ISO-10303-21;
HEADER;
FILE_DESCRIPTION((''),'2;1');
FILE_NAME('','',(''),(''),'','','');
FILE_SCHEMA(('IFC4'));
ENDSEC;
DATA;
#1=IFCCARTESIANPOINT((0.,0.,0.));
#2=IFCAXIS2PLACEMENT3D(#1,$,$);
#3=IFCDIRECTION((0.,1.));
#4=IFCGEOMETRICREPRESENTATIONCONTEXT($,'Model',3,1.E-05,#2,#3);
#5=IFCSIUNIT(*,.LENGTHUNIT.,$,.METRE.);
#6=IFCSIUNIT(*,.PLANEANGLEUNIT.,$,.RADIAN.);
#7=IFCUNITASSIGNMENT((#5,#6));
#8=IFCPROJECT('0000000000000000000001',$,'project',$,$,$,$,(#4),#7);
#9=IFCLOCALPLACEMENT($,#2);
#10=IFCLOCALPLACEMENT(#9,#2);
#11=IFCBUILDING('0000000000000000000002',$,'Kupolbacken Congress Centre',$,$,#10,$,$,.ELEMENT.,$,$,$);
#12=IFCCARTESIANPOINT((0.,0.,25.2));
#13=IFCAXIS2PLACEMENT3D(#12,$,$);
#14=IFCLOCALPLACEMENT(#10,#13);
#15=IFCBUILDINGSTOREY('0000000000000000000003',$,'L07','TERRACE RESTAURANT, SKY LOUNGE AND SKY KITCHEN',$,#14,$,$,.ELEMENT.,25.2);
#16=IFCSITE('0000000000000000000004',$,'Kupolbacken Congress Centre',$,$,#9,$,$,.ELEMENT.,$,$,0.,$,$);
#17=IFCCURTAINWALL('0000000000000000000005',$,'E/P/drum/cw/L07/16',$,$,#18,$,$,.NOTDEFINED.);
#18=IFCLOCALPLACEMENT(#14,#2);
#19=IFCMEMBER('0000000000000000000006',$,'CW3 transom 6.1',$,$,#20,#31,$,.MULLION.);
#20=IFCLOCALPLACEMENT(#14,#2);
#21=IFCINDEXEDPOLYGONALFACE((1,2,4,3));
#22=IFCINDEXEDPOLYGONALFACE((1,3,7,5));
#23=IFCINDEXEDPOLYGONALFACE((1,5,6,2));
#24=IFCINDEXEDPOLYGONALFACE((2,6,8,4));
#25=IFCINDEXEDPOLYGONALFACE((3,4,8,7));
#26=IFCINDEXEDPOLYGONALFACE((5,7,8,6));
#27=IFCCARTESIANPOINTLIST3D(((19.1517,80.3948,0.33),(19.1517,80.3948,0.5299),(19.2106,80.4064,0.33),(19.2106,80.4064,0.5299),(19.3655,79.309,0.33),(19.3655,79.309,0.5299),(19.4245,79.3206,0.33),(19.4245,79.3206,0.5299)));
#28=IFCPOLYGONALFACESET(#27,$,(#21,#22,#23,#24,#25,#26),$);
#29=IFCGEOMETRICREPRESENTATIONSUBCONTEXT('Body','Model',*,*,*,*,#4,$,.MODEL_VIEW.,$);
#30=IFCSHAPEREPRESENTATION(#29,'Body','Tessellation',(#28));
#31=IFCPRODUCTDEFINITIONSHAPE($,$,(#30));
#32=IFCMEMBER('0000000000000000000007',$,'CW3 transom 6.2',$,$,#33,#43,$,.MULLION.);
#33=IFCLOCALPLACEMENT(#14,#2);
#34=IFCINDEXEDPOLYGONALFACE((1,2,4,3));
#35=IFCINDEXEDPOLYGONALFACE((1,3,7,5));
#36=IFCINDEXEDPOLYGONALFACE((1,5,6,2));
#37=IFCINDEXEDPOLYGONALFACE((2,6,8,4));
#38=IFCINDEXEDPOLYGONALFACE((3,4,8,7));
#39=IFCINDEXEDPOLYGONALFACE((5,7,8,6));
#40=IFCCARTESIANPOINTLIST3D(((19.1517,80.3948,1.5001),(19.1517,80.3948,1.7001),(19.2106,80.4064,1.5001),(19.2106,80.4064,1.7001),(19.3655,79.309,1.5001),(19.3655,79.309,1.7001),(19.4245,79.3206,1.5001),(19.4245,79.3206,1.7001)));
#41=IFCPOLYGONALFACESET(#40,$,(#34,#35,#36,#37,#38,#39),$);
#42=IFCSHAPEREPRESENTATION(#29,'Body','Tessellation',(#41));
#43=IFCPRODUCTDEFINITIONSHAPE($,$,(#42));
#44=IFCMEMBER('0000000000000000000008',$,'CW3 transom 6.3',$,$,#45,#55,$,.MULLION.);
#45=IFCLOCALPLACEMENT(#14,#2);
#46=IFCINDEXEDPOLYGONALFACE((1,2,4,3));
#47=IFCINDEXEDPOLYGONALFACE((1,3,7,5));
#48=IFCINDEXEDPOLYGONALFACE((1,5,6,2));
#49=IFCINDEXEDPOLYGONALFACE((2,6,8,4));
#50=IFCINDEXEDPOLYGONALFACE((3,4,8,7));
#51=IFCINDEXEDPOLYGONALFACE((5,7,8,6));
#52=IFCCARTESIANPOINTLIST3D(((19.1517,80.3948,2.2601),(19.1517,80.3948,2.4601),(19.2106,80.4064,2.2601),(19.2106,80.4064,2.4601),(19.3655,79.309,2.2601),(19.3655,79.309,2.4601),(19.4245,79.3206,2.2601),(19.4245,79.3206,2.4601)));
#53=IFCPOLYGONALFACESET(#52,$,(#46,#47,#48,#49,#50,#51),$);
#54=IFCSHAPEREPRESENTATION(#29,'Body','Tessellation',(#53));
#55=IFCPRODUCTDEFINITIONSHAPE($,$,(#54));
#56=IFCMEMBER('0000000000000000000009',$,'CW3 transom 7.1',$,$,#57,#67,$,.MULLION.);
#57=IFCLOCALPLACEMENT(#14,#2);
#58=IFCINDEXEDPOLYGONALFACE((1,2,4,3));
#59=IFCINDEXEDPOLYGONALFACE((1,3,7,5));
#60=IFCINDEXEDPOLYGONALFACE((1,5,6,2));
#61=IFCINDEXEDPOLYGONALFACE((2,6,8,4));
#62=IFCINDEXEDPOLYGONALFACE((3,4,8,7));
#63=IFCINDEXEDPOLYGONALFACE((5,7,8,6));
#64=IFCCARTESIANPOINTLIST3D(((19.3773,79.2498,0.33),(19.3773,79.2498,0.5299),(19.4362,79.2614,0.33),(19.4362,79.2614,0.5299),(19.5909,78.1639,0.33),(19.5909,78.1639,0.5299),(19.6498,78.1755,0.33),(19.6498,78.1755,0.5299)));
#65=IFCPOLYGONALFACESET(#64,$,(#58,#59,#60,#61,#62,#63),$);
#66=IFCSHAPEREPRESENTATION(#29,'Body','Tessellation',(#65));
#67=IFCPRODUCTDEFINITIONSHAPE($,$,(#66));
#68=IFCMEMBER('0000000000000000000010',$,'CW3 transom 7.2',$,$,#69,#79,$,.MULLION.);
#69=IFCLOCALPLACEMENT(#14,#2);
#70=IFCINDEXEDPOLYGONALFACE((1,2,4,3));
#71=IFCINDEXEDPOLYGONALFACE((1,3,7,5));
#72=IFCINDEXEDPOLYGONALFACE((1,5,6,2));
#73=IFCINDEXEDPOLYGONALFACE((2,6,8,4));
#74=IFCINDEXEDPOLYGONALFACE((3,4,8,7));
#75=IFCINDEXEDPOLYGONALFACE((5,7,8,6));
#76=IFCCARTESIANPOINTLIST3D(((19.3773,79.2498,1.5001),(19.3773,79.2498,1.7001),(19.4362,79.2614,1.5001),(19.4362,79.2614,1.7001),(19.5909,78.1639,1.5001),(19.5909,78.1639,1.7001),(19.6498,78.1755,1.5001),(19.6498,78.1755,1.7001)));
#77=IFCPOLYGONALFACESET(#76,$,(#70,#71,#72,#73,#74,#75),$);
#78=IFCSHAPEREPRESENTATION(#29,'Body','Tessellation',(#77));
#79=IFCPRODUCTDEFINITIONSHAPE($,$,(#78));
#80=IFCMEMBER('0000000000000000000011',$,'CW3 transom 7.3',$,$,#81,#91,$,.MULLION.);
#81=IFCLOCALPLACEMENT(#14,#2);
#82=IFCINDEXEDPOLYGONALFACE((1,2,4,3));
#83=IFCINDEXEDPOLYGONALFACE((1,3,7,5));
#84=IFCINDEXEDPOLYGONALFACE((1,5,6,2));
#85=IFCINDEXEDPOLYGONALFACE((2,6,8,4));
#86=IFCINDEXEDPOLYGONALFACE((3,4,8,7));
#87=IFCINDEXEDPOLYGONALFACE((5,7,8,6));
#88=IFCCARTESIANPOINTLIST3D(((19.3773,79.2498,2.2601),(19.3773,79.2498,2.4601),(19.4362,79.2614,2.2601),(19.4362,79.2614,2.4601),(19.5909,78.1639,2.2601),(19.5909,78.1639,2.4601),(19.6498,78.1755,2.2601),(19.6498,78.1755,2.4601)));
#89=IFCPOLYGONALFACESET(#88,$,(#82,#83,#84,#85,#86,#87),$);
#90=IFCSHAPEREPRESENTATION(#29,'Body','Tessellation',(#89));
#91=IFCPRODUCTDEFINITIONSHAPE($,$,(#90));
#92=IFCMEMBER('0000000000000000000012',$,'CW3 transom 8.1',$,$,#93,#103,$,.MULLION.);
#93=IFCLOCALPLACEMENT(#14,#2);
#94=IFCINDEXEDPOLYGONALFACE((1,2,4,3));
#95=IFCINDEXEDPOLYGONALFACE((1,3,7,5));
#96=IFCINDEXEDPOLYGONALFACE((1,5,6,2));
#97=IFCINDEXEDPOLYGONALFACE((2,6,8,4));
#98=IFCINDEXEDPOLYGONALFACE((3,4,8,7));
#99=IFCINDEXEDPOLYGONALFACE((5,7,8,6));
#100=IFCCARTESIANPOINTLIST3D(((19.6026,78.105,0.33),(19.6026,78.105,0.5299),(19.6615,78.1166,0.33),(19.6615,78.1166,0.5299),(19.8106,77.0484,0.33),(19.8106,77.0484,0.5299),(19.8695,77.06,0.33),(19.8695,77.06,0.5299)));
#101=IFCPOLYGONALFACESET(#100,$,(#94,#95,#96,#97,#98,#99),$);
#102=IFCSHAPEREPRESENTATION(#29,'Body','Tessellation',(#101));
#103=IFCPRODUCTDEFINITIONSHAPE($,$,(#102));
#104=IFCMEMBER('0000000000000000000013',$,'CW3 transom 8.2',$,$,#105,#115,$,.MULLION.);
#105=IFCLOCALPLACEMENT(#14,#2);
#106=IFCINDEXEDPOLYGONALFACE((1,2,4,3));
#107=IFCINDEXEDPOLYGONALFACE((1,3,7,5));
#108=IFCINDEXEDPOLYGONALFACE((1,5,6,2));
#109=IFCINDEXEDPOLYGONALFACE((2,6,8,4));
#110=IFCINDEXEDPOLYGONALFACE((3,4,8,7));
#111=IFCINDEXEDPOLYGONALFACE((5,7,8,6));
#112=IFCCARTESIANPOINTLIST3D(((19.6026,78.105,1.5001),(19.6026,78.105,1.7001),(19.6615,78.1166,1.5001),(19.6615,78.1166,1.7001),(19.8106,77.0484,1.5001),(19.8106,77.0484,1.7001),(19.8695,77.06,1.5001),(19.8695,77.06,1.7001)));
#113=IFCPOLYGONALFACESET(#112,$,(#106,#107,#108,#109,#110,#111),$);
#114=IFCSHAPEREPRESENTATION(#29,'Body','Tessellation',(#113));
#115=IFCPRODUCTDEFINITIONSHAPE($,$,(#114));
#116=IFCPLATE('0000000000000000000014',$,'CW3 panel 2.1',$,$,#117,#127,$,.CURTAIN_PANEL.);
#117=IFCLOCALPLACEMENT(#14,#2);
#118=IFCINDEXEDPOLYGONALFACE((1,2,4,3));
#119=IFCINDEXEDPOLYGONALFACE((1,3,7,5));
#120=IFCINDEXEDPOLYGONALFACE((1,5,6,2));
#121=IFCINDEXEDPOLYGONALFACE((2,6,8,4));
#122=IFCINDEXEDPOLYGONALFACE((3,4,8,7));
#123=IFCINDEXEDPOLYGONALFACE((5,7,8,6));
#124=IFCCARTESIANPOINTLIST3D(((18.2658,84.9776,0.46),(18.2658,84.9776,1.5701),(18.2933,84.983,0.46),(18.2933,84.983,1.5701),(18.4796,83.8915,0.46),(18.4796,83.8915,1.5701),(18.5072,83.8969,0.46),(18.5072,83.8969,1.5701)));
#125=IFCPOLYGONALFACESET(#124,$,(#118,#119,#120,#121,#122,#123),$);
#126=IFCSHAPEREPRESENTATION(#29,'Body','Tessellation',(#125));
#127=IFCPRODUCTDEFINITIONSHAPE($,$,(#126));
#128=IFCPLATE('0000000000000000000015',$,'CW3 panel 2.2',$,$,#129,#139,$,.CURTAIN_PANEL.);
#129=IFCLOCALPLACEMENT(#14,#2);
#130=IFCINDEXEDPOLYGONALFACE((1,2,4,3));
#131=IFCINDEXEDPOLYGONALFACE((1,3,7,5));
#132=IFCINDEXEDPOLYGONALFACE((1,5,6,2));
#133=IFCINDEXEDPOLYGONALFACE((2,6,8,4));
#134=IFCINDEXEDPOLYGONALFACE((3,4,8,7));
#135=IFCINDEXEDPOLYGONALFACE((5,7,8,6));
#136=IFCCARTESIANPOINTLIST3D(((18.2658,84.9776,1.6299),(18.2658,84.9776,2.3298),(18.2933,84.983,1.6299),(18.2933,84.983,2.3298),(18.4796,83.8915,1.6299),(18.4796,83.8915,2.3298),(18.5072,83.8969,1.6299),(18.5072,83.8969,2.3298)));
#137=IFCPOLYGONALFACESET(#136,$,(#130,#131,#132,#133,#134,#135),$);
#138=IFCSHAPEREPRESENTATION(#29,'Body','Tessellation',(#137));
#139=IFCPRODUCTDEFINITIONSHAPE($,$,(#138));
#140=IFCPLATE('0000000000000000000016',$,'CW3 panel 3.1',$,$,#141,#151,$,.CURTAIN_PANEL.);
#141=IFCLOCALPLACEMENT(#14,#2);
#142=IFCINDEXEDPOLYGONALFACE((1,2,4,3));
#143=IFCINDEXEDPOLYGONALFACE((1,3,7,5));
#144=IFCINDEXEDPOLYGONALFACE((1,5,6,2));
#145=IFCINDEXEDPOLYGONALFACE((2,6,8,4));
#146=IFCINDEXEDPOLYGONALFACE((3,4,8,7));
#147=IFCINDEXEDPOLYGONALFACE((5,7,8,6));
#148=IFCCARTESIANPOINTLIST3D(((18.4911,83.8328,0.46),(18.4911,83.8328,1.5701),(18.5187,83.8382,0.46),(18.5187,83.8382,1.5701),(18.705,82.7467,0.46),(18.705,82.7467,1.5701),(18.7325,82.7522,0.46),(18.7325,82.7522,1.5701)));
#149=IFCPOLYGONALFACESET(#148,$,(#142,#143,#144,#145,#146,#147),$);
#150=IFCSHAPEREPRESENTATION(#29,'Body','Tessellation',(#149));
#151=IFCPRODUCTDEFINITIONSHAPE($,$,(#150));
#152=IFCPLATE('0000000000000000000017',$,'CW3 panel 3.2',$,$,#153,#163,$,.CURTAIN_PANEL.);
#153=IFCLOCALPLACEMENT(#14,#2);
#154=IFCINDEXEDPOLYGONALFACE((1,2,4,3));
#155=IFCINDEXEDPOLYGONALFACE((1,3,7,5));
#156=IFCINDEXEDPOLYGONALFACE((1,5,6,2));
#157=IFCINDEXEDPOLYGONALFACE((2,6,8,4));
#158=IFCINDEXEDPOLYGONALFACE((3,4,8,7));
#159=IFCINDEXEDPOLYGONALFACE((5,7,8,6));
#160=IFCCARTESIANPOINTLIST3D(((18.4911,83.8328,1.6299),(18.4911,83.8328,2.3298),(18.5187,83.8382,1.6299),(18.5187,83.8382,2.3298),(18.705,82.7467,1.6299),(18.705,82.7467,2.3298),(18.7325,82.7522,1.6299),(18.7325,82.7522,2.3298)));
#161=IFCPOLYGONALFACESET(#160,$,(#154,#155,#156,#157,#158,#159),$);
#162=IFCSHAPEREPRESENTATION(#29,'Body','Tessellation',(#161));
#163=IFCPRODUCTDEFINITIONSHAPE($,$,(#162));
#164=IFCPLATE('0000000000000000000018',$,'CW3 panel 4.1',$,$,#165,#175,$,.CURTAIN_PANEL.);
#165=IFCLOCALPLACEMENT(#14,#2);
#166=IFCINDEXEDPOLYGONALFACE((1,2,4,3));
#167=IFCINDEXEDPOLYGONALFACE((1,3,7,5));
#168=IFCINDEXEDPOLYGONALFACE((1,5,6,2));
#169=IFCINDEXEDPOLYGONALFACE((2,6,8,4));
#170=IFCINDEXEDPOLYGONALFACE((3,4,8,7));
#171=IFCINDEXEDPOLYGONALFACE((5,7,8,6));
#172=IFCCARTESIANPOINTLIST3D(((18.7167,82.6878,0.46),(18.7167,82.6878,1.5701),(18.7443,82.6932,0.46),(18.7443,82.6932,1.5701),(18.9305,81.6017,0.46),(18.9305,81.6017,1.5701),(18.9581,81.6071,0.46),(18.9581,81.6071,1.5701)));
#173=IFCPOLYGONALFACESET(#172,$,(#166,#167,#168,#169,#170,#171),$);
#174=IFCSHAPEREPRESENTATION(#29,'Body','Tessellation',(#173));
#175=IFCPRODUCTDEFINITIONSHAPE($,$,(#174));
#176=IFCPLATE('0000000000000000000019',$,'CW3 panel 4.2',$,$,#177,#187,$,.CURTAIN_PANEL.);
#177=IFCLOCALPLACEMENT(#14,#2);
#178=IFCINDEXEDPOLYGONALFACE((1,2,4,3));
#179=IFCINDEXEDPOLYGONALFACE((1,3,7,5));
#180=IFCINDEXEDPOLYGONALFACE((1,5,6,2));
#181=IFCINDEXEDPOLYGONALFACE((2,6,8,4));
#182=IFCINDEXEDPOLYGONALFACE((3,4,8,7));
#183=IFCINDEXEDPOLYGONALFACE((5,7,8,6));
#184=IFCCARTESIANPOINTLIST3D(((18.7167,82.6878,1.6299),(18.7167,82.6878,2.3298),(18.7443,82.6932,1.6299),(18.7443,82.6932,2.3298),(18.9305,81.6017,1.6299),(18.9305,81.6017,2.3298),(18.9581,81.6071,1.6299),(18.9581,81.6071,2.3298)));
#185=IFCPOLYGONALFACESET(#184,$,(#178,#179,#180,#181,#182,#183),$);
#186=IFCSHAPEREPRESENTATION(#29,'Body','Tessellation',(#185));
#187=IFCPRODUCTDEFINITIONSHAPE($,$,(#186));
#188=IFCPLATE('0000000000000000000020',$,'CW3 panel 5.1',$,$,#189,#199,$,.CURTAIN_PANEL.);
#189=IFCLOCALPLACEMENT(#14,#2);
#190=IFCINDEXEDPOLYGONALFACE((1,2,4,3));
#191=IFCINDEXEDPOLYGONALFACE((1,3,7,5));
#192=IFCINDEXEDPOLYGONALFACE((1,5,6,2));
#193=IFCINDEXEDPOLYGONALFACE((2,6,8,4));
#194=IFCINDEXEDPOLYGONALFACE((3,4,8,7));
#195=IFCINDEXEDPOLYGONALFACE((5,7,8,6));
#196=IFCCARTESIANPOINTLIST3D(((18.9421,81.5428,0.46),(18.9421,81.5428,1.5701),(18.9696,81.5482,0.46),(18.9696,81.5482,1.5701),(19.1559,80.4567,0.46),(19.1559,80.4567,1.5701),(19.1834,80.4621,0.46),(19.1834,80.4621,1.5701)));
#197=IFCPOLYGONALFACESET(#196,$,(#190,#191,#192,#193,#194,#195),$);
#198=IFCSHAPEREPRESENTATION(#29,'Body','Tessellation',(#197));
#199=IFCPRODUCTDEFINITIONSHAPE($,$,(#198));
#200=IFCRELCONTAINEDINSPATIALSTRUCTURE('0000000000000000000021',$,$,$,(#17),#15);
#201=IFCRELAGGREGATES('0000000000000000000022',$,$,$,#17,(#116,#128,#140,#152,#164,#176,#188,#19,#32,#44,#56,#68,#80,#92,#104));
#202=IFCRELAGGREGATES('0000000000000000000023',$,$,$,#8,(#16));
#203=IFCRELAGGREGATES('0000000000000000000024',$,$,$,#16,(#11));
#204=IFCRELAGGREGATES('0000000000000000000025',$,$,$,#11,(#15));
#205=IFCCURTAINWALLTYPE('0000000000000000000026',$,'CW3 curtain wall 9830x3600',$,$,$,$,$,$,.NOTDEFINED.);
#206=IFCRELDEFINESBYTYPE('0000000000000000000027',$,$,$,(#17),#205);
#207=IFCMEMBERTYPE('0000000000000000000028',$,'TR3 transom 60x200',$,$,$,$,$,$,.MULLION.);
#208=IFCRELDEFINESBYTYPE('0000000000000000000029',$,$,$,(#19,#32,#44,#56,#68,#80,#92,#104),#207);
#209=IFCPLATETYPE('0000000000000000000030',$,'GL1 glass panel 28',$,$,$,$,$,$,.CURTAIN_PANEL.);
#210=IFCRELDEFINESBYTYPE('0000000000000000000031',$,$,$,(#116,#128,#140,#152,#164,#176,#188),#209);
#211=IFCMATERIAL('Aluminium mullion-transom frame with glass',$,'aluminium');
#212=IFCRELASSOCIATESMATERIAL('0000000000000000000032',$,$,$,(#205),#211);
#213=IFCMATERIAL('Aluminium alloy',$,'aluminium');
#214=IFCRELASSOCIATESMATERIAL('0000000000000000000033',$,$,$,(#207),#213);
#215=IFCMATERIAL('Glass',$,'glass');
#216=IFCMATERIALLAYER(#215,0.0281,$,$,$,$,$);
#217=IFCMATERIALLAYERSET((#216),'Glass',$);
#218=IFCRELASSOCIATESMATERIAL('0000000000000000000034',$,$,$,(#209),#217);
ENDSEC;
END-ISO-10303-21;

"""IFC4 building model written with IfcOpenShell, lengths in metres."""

from ifc_helpers import new_model, si_unit, direction, frame, origin, origin_2d, place, context, subcontext, project, spatial, rectangle, extrude, material, layer, layer_set, material_profile, profile_set, type_object, element, aggregate, save


model = new_model("IFC4")

# Units and contexts
model_context = context("Model", 3, precision=1e-05, world=origin(), true_north=direction((0.0, 1.0)))
body_context = subcontext(model_context, "Body", "Model", "MODEL_VIEW")
ifc_project = project(units=[si_unit("LENGTHUNIT", "METRE"), si_unit("PLANEANGLEUNIT", "RADIAN")], contexts=[model_context])

# Site, building, storey
site_placement = place(None, origin())
site = spatial("IfcSite", under=ifc_project, at=site_placement, Name="Kupolbacken Congress Centre", CompositionType="ELEMENT", RefElevation=0.0)
building_placement = place(site_placement, origin())
building = spatial("IfcBuilding", under=site, at=building_placement, Name="Kupolbacken Congress Centre", CompositionType="ELEMENT")
storey_placement = place(building_placement, frame((0.0, 0.0, 25.2)))
storey = spatial("IfcBuildingStorey", under=building, at=storey_placement, Name="L07", Description="TERRACE RESTAURANT, SKY LOUNGE AND SKY KITCHEN", CompositionType="ELEMENT", Elevation=25.2)

# Curtain wall, members, plates
ifc_material_1 = material(Name="Aluminium mullion-transom frame with glass", Category="aluminium")
curtain_wall_type = type_object("IfcCurtainWallType", Name="CW3 curtain wall 9830x3600", PredefinedType="NOTDEFINED", material=ifc_material_1)
curtain_wall_placement = place(storey_placement, origin())
curtain_wall = element("IfcCurtainWall", 1, at=curtain_wall_placement, inside=storey, type_object=curtain_wall_type, Name="E/P/drum/cw/L07/16", PredefinedType="NOTDEFINED")
ifc_material_2 = material(Name="Aluminium alloy", Category="aluminium")
ifc_material_profile_1 = material_profile(ifc_material_2, rectangle(XDim=0.0601, YDim=0.2, at=origin_2d()), Name="60 x 200")
ifc_profile_set_1 = profile_set([ifc_material_profile_1], Name="Aluminium alloy")
member_type_1 = type_object("IfcMemberType", Name="TR3 transom 60x200", PredefinedType="MULLION", material=ifc_profile_set_1)
member_1_placement = place(storey_placement, frame((19.1812, 80.4006, 0.4299), z_axis=(0.193231, -0.981153, 0.0), x_axis=(0.981153, 0.193231, 0.0)))
member_1 = element("IfcMember", 2, at=member_1_placement, type_object=member_type_1, Name="CW3 transom 6.1", PredefinedType="MULLION", context=body_context, shape_type="SweptSolid", body=[
    extrude(rectangle(XDim=0.0601, YDim=0.2, at=origin_2d()), origin(), (0.0, 0.0, 1.0), 1.1067),
])
member_2_placement = place(storey_placement, frame((19.1812, 80.4006, 1.6001), z_axis=(0.193231, -0.981153, 0.0), x_axis=(0.981153, 0.193231, 0.0)))
member_2 = element("IfcMember", 3, at=member_2_placement, type_object=member_type_1, Name="CW3 transom 6.2", PredefinedType="MULLION", context=body_context, shape_type="SweptSolid", body=[
    extrude(rectangle(XDim=0.0601, YDim=0.2, at=origin_2d()), origin(), (0.0, 0.0, 1.0), 1.1067),
])
member_3_placement = place(storey_placement, frame((19.1812, 80.4006, 2.3601), z_axis=(0.193231, -0.981153, 0.0), x_axis=(0.981153, 0.193231, 0.0)))
member_3 = element("IfcMember", 4, at=member_3_placement, type_object=member_type_1, Name="CW3 transom 6.3", PredefinedType="MULLION", context=body_context, shape_type="SweptSolid", body=[
    extrude(rectangle(XDim=0.0601, YDim=0.2, at=origin_2d()), origin(), (0.0, 0.0, 1.0), 1.1067),
])
member_4_placement = place(storey_placement, frame((19.4067, 79.2556, 0.4299), z_axis=(0.193018, -0.981195, 0.0), x_axis=(0.981195, 0.193018, 0.0)))
member_4 = element("IfcMember", 5, at=member_4_placement, type_object=member_type_1, Name="CW3 transom 7.1", PredefinedType="MULLION", context=body_context, shape_type="SweptSolid", body=[
    extrude(rectangle(XDim=0.0601, YDim=0.2, at=origin_2d()), origin(), (0.0, 0.0, 1.0), 1.1067),
])
member_5_placement = place(storey_placement, frame((19.4067, 79.2556, 1.6001), z_axis=(0.193018, -0.981195, 0.0), x_axis=(0.981195, 0.193018, 0.0)))
member_5 = element("IfcMember", 6, at=member_5_placement, type_object=member_type_1, Name="CW3 transom 7.2", PredefinedType="MULLION", context=body_context, shape_type="SweptSolid", body=[
    extrude(rectangle(XDim=0.0601, YDim=0.2, at=origin_2d()), origin(), (0.0, 0.0, 1.0), 1.1067),
])
member_6_placement = place(storey_placement, frame((19.4067, 79.2556, 2.3601), z_axis=(0.193018, -0.981195, 0.0), x_axis=(0.981195, 0.193018, 0.0)))
member_6 = element("IfcMember", 7, at=member_6_placement, type_object=member_type_1, Name="CW3 transom 7.3", PredefinedType="MULLION", context=body_context, shape_type="SweptSolid", body=[
    extrude(rectangle(XDim=0.0601, YDim=0.2, at=origin_2d()), origin(), (0.0, 0.0, 1.0), 1.1067),
])
member_7_placement = place(storey_placement, frame((19.6321, 78.1108, 0.4299), z_axis=(0.193151, -0.981169, 0.0), x_axis=(0.981169, 0.193151, 0.0)))
member_7 = element("IfcMember", 8, at=member_7_placement, type_object=member_type_1, Name="CW3 transom 8.1", PredefinedType="MULLION", context=body_context, shape_type="SweptSolid", body=[
    extrude(rectangle(XDim=0.0601, YDim=0.2, at=origin_2d()), origin(), (0.0, 0.0, 1.0), 1.0769),
])
member_8_placement = place(storey_placement, frame((19.6321, 78.1108, 1.6001), z_axis=(0.193151, -0.981169, 0.0), x_axis=(0.981169, 0.193151, 0.0)))
member_8 = element("IfcMember", 9, at=member_8_placement, type_object=member_type_1, Name="CW3 transom 8.2", PredefinedType="MULLION", context=body_context, shape_type="SweptSolid", body=[
    extrude(rectangle(XDim=0.0601, YDim=0.2, at=origin_2d()), origin(), (0.0, 0.0, 1.0), 1.0769),
])
ifc_material_3 = material(Name="Glass", Category="glass")
ifc_layer_1 = layer(ifc_material_3, 0.0281)
ifc_layer_set_1 = layer_set([ifc_layer_1], Name="Glass")
plate_type = type_object("IfcPlateType", Name="GL1 glass panel 28", PredefinedType="CURTAIN_PANEL", material=ifc_layer_set_1)
plate_1_placement = place(storey_placement, frame((18.3865, 84.4373, 0.46), z_axis=(0.0, 0.0, 1.0), x_axis=(0.193182, -0.981163, 0.0)))
plate_1 = element("IfcPlate", 10, at=plate_1_placement, type_object=plate_type, Name="CW3 panel 2.1", PredefinedType="CURTAIN_PANEL", context=body_context, shape_type="SweptSolid", body=[
    extrude(rectangle(XDim=1.1069, YDim=0.0281, at=origin_2d()), origin(), (0.0, 0.0, 1.0), 1.1101),
])
plate_2_placement = place(storey_placement, frame((18.3865, 84.4373, 1.6299), z_axis=(0.0, 0.0, 1.0), x_axis=(0.193182, -0.981163, 0.0)))
plate_2 = element("IfcPlate", 11, at=plate_2_placement, type_object=plate_type, Name="CW3 panel 2.2", PredefinedType="CURTAIN_PANEL", context=body_context, shape_type="SweptSolid", body=[
    extrude(rectangle(XDim=1.1069, YDim=0.0281, at=origin_2d()), origin(), (0.0, 0.0, 1.0), 0.7),
])
plate_3_placement = place(storey_placement, frame((18.6118, 83.2925, 0.46), z_axis=(0.0, 0.0, 1.0), x_axis=(0.193182, -0.981163, 0.0)))
plate_3 = element("IfcPlate", 12, at=plate_3_placement, type_object=plate_type, Name="CW3 panel 3.1", PredefinedType="CURTAIN_PANEL", context=body_context, shape_type="SweptSolid", body=[
    extrude(rectangle(XDim=1.1069, YDim=0.0281, at=origin_2d()), origin(), (0.0, 0.0, 1.0), 1.1101),
])
plate_4_placement = place(storey_placement, frame((18.6118, 83.2925, 1.6299), z_axis=(0.0, 0.0, 1.0), x_axis=(0.193182, -0.981163, 0.0)))
plate_4 = element("IfcPlate", 13, at=plate_4_placement, type_object=plate_type, Name="CW3 panel 3.2", PredefinedType="CURTAIN_PANEL", context=body_context, shape_type="SweptSolid", body=[
    extrude(rectangle(XDim=1.1069, YDim=0.0281, at=origin_2d()), origin(), (0.0, 0.0, 1.0), 0.7),
])
plate_5_placement = place(storey_placement, frame((18.8374, 82.1475, 0.46), z_axis=(0.0, 0.0, 1.0), x_axis=(0.193182, -0.981163, 0.0)))
plate_5 = element("IfcPlate", 14, at=plate_5_placement, type_object=plate_type, Name="CW3 panel 4.1", PredefinedType="CURTAIN_PANEL", context=body_context, shape_type="SweptSolid", body=[
    extrude(rectangle(XDim=1.1069, YDim=0.0281, at=origin_2d()), origin(), (0.0, 0.0, 1.0), 1.1101),
])
plate_6_placement = place(storey_placement, frame((18.8374, 82.1475, 1.6299), z_axis=(0.0, 0.0, 1.0), x_axis=(0.193182, -0.981163, 0.0)))
plate_6 = element("IfcPlate", 15, at=plate_6_placement, type_object=plate_type, Name="CW3 panel 4.2", PredefinedType="CURTAIN_PANEL", context=body_context, shape_type="SweptSolid", body=[
    extrude(rectangle(XDim=1.1069, YDim=0.0281, at=origin_2d()), origin(), (0.0, 0.0, 1.0), 0.7),
])
plate_7_placement = place(storey_placement, frame((19.0627, 81.0024, 0.46), z_axis=(0.0, 0.0, 1.0), x_axis=(0.193182, -0.981163, 0.0)))
plate_7 = element("IfcPlate", 16, at=plate_7_placement, type_object=plate_type, Name="CW3 panel 5.1", PredefinedType="CURTAIN_PANEL", context=body_context, shape_type="SweptSolid", body=[
    extrude(rectangle(XDim=1.1069, YDim=0.0281, at=origin_2d()), origin(), (0.0, 0.0, 1.0), 1.1101),
])
aggregate(curtain_wall, [plate_1, plate_2, plate_3, plate_4, plate_5, plate_6, plate_7, member_1, member_2, member_3, member_4, member_5, member_6, member_7, member_8])

save(model, "model.ifc")
